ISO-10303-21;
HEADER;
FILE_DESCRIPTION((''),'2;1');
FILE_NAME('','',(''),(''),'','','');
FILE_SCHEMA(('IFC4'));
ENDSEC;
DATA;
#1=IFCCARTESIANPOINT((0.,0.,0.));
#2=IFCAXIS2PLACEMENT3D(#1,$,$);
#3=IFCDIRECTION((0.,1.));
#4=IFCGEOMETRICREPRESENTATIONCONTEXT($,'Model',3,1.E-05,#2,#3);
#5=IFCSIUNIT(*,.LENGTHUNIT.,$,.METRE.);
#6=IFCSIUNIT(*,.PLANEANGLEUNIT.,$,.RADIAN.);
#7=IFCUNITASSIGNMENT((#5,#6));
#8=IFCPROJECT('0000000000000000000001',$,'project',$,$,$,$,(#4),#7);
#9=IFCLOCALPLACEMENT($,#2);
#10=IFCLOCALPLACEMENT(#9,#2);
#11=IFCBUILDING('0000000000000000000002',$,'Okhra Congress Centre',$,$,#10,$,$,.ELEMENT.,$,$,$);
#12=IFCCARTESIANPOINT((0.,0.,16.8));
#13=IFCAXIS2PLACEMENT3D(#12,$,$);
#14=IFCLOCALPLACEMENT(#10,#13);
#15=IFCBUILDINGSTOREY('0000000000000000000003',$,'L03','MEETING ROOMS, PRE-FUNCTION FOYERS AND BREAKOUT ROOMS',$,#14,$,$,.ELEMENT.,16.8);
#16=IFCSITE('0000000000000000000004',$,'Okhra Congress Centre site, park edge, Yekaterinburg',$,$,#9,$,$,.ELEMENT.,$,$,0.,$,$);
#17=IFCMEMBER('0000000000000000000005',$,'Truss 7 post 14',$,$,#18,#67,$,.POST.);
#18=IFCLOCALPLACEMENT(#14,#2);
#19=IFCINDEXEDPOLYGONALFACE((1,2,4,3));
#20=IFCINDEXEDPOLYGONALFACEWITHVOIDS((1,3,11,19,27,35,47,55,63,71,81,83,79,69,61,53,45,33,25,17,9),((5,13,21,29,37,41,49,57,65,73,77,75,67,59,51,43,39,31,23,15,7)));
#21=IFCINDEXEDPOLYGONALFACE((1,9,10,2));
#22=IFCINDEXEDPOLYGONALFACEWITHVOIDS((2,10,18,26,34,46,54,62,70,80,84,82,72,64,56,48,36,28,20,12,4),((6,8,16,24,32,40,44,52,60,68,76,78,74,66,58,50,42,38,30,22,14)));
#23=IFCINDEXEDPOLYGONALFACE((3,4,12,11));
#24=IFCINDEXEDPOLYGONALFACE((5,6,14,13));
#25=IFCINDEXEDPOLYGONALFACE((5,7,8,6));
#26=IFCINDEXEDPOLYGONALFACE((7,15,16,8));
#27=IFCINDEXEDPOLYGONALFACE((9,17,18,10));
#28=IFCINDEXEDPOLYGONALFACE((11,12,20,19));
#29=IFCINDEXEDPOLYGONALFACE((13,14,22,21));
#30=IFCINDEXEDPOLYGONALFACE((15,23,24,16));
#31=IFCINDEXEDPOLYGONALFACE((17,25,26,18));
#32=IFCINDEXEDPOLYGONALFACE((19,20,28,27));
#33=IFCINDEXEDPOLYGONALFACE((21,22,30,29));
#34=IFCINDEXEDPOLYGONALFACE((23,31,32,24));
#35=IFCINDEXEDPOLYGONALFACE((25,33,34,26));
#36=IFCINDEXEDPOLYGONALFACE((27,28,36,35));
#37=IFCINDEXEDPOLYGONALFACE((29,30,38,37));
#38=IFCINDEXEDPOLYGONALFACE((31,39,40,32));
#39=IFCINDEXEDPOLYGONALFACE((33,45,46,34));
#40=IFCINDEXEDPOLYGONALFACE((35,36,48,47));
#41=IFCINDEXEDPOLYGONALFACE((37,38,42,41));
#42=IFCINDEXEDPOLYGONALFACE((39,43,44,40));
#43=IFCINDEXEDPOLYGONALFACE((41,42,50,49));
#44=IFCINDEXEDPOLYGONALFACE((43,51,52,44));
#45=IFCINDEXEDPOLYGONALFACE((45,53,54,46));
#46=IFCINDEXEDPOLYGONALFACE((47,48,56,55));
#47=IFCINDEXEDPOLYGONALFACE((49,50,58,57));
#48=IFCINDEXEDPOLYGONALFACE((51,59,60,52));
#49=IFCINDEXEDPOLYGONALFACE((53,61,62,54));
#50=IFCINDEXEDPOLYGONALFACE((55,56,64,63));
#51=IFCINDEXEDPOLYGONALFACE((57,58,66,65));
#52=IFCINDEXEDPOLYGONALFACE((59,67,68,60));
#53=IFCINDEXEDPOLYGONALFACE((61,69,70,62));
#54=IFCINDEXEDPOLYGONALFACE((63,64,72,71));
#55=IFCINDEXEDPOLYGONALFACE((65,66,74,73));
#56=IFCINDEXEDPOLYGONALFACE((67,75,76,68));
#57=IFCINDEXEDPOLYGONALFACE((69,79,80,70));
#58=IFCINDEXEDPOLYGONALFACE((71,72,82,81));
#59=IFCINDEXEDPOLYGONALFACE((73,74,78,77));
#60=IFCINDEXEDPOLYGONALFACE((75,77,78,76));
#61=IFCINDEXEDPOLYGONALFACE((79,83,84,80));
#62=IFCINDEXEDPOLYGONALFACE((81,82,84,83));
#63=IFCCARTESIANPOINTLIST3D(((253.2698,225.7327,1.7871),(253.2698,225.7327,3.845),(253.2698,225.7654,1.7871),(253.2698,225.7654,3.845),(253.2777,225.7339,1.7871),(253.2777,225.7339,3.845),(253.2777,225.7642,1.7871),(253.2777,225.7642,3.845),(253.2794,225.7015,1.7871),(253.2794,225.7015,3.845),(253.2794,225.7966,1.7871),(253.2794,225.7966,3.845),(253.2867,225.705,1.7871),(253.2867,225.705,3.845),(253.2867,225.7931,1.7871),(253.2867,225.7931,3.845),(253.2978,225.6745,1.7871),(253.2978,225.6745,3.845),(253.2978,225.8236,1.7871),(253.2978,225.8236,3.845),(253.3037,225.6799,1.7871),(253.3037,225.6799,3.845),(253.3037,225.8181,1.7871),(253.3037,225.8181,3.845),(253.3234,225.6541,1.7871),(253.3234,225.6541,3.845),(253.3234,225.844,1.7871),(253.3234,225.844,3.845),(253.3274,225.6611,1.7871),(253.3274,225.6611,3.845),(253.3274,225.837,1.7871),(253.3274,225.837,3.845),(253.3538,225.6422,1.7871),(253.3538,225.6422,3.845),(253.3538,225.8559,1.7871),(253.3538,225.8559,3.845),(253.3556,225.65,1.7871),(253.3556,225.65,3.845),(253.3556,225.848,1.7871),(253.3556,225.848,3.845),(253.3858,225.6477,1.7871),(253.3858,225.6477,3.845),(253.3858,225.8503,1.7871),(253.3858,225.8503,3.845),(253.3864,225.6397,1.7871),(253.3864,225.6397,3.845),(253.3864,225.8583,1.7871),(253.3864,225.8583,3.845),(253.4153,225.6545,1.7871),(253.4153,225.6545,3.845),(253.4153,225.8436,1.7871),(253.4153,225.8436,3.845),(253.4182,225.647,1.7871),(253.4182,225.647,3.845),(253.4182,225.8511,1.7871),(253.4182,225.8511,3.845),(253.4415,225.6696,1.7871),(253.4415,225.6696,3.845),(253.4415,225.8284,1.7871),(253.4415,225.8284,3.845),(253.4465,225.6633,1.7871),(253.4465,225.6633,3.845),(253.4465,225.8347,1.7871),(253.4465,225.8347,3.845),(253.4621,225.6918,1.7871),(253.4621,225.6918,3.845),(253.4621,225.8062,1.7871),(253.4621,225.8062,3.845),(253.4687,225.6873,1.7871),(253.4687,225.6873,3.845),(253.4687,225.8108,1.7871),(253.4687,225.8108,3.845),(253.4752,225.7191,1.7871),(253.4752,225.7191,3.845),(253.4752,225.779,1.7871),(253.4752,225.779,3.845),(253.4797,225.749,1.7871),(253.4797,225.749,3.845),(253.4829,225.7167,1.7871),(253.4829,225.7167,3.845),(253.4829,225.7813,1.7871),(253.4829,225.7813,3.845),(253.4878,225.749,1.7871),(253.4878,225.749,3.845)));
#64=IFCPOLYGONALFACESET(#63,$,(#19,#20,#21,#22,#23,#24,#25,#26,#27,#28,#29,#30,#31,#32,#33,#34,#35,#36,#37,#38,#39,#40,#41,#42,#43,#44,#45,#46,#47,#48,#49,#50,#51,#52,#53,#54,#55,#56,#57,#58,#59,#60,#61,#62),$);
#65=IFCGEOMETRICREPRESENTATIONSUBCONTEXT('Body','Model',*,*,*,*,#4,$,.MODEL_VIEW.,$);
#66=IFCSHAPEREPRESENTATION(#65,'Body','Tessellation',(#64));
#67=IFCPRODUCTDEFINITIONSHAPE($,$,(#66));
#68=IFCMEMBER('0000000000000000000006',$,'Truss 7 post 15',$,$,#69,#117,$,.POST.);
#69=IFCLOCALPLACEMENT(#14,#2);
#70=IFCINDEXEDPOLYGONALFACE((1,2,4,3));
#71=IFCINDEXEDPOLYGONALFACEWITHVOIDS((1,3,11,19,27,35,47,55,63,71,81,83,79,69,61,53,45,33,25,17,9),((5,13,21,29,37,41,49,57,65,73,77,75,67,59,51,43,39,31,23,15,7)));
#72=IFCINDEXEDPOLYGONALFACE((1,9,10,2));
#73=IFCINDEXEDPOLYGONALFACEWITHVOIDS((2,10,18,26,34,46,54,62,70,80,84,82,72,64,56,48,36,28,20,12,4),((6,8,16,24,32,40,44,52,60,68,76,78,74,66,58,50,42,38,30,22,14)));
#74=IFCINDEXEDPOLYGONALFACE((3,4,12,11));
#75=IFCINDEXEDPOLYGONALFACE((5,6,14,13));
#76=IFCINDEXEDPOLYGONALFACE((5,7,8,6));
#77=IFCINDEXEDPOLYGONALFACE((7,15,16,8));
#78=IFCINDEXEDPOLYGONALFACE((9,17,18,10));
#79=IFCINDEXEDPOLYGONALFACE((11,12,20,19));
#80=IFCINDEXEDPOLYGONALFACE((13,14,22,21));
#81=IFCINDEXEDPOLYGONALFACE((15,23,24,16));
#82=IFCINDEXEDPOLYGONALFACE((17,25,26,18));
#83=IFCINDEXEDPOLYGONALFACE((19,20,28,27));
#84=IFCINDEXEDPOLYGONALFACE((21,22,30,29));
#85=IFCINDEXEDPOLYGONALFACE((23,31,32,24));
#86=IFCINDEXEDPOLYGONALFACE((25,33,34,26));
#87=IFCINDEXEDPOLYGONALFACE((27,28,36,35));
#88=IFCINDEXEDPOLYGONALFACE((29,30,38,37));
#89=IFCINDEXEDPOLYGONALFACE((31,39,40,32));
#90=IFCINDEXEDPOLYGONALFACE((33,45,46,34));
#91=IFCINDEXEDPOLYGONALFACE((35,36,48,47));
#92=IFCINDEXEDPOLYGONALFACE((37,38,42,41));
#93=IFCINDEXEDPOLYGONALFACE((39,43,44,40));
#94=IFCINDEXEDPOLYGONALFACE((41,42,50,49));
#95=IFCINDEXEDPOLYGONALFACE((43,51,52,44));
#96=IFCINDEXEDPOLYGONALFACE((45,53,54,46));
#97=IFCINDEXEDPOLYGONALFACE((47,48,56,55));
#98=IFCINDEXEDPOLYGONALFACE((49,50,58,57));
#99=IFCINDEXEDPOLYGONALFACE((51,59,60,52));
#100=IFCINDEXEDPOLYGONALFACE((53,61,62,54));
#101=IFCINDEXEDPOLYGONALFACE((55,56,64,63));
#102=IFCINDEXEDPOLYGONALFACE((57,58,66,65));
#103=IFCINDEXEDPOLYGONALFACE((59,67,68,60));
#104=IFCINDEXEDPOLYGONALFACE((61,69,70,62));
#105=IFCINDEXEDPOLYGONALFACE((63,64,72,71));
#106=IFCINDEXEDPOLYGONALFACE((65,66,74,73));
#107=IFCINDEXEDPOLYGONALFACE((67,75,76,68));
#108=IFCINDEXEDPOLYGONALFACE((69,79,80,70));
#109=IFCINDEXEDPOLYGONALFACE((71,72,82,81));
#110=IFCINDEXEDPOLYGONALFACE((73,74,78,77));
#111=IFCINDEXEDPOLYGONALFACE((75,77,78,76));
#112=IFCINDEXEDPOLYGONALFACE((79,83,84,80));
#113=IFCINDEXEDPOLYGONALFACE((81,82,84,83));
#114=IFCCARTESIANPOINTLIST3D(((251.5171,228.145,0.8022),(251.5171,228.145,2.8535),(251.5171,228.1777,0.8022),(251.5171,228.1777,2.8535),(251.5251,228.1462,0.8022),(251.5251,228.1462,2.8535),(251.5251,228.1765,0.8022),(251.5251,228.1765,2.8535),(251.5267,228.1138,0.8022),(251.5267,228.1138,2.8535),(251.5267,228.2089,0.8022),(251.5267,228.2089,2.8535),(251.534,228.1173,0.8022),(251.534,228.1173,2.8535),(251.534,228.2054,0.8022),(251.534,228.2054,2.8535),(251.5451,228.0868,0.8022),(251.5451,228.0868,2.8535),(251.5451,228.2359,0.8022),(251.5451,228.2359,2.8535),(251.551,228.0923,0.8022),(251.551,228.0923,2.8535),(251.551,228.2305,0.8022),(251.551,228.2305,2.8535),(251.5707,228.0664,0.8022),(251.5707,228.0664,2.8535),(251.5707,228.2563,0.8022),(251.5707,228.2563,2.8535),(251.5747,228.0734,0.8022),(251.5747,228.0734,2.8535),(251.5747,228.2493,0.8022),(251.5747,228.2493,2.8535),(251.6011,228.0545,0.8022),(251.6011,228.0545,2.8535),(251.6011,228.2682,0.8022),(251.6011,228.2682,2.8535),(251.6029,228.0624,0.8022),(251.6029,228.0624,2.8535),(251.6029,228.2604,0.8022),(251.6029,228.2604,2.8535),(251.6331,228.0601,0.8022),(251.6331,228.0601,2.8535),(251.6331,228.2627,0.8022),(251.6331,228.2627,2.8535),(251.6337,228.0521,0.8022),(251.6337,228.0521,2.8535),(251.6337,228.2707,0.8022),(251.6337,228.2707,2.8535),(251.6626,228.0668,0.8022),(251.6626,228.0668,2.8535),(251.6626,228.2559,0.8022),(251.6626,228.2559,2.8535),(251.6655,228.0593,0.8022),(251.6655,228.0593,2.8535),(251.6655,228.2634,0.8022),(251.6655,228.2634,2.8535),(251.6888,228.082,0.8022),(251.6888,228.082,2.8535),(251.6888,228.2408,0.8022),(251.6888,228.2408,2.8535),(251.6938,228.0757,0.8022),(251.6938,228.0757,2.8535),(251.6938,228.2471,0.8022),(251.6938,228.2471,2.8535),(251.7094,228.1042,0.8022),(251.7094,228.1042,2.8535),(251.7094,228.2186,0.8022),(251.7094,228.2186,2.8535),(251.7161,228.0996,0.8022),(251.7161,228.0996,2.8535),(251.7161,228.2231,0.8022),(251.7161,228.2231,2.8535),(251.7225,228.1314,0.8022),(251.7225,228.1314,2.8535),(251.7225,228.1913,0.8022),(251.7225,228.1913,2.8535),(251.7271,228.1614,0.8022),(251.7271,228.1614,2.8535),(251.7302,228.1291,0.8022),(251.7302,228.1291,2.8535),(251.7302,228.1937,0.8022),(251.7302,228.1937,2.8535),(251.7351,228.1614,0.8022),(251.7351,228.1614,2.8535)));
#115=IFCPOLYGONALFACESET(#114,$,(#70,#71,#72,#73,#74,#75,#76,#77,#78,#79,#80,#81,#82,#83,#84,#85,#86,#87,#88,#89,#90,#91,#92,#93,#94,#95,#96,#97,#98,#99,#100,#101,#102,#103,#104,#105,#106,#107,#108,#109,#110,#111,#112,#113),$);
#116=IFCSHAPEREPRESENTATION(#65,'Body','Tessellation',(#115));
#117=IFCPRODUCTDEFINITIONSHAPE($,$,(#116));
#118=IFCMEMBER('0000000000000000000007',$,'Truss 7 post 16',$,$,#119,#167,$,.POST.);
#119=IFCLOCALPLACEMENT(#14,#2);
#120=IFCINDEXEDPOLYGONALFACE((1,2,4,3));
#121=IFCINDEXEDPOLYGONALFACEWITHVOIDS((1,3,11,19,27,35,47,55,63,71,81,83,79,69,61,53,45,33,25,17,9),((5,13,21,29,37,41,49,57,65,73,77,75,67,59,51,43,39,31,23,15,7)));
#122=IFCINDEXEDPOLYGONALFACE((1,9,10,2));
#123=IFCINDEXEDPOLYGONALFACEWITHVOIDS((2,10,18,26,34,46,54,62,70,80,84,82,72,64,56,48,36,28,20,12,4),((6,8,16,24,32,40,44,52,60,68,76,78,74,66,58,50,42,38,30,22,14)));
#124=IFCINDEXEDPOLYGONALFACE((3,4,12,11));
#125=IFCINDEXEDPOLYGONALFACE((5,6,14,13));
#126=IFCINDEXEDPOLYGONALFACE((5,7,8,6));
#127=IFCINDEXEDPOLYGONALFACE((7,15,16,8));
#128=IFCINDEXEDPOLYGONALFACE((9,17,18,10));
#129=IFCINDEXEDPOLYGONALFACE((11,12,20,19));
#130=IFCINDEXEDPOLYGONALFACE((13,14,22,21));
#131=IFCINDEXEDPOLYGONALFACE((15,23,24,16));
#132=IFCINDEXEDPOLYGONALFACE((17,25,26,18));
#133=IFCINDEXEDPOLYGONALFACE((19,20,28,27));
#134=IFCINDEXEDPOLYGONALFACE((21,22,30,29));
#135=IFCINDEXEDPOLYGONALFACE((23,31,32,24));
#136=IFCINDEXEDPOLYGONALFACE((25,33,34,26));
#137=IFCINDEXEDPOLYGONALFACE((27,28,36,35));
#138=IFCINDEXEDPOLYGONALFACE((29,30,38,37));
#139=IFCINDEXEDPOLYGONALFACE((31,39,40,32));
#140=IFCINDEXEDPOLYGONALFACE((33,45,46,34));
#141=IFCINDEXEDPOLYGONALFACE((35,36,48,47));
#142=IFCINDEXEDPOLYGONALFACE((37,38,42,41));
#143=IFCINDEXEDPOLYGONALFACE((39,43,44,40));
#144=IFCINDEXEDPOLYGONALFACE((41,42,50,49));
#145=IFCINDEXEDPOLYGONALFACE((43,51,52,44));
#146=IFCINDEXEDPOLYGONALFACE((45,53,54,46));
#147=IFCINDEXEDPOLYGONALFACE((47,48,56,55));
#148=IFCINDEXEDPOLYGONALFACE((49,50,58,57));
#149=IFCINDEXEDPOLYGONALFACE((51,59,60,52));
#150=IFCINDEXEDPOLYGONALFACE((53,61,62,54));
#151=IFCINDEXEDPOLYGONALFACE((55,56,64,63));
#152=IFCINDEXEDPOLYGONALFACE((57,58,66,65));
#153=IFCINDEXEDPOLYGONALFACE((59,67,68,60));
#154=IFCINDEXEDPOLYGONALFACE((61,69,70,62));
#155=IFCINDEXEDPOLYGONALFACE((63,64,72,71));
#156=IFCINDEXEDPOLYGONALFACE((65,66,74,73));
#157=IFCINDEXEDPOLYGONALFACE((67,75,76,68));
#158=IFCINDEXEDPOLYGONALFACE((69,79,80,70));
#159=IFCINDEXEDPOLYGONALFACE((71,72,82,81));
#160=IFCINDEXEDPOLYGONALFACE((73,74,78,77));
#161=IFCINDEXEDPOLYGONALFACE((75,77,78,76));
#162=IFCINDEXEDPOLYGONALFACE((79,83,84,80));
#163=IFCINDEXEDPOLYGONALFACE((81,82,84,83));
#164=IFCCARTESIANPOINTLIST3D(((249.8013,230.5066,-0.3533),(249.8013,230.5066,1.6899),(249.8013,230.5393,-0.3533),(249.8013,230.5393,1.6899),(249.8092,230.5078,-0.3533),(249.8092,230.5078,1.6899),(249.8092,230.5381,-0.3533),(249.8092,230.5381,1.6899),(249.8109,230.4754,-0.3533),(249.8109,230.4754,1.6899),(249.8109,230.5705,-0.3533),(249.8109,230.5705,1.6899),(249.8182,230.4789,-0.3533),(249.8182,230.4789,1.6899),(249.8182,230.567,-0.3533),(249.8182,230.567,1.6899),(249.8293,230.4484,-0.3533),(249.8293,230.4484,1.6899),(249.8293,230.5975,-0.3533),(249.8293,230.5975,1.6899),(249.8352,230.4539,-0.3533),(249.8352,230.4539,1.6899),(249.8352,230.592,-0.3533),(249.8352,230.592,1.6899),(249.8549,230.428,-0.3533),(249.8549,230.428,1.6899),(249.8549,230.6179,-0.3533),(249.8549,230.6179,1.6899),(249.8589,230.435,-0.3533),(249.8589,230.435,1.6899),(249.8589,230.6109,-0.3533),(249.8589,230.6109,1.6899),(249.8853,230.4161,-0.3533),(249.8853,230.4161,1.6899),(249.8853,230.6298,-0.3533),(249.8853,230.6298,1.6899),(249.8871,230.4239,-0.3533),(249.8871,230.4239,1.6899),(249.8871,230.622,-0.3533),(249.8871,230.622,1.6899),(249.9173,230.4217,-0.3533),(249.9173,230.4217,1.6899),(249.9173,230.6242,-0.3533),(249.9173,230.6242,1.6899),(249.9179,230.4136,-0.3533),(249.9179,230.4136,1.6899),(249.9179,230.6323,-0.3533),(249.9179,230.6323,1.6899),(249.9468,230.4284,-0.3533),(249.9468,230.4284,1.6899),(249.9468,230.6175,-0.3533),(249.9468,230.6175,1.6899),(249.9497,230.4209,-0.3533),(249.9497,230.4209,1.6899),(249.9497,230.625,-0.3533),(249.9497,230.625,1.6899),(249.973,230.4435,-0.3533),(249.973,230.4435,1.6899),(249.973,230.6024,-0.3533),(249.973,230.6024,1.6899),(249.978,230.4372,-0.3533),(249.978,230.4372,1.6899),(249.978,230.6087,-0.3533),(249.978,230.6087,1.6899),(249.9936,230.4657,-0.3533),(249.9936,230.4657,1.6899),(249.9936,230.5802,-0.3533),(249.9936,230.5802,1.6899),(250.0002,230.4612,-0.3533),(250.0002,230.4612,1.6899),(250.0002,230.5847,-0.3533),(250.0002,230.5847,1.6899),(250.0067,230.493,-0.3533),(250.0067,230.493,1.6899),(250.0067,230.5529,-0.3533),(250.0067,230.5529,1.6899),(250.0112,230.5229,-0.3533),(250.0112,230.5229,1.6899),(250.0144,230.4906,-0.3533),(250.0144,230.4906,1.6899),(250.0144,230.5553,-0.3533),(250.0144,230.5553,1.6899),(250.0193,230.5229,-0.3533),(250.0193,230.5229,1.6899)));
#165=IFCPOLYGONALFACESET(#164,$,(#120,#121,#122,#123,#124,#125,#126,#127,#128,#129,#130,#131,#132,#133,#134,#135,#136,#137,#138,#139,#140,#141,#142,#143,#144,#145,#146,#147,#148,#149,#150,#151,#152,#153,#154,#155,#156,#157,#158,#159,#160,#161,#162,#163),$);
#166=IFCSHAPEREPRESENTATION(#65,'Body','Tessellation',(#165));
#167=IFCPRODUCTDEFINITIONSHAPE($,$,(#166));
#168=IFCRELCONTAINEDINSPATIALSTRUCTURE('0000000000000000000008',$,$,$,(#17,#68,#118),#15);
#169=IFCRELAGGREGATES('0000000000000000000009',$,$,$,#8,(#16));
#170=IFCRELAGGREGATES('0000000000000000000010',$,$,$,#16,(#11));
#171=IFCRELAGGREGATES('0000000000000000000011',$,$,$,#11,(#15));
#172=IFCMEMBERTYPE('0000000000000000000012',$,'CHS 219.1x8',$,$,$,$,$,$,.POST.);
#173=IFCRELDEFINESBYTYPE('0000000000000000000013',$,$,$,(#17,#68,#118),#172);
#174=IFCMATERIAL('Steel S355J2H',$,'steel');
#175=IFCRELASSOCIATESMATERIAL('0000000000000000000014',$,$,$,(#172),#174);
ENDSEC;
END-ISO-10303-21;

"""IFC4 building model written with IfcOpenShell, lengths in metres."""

from ifc_helpers import new_model, si_unit, direction, frame, origin, origin_2d, place, context, subcontext, project, spatial, hollow_circle, extrude, material, material_profile, profile_set, type_object, element, save


model = new_model("IFC4")

# Units and contexts
model_context = context("Model", 3, precision=1e-05, world=origin(), true_north=direction((0.0, 1.0)))
body_context = subcontext(model_context, "Body", "Model", "MODEL_VIEW")
ifc_project = project(units=[si_unit("LENGTHUNIT", "METRE"), si_unit("PLANEANGLEUNIT", "RADIAN")], contexts=[model_context])

# Site, building, storey
site_placement = place(None, origin())
site = spatial("IfcSite", under=ifc_project, at=site_placement, Name="Okhra Congress Centre site, park edge, Yekaterinburg", CompositionType="ELEMENT", RefElevation=0.0)
building_placement = place(site_placement, origin())
building = spatial("IfcBuilding", under=site, at=building_placement, Name="Okhra Congress Centre", CompositionType="ELEMENT")
storey_placement = place(building_placement, frame((0.0, 0.0, 16.8)))
storey = spatial("IfcBuildingStorey", under=building, at=storey_placement, Name="L03", Description="MEETING ROOMS, PRE-FUNCTION FOYERS AND BREAKOUT ROOMS", CompositionType="ELEMENT", Elevation=16.8)

# Members
ifc_material_1 = material(Name="Steel S355J2H", Category="steel")
ifc_material_profile_1 = material_profile(ifc_material_1, hollow_circle(Radius=0.1096, WallThickness=0.0081, at=origin_2d()), Name="CHS 219.1x8")
ifc_profile_set_1 = profile_set([ifc_material_profile_1], Name="Steel S355J2H")
member_type_1 = type_object("IfcMemberType", Name="CHS 219.1x8", PredefinedType="POST", material=ifc_profile_set_1)
member_1_placement = place(storey_placement, frame((253.3782, 225.749, 1.7871), z_axis=(0.0, 0.0, 1.0), x_axis=(1.0, 0.0, 0.0)))
element("IfcMember", 1, at=member_1_placement, inside=storey, type_object=member_type_1, Name="Truss 7 post 14", PredefinedType="POST", context=body_context, shape_type="SweptSolid", body=[
    extrude(hollow_circle(Radius=0.1096, WallThickness=0.0081, at=origin_2d()), origin(), (0.0, 0.0, 1.0), 2.0579),
])
member_2_placement = place(storey_placement, frame((251.6255, 228.1614, 0.8022), z_axis=(0.0, 0.0, 1.0), x_axis=(1.0, 0.0, 0.0)))
element("IfcMember", 2, at=member_2_placement, inside=storey, type_object=member_type_1, Name="Truss 7 post 15", PredefinedType="POST", context=body_context, shape_type="SweptSolid", body=[
    extrude(hollow_circle(Radius=0.1096, WallThickness=0.0081, at=origin_2d()), origin(), (0.0, 0.0, 1.0), 2.0513),
])
member_3_placement = place(storey_placement, frame((249.9097, 230.5229, -0.3533), z_axis=(0.0, 0.0, 1.0), x_axis=(1.0, 0.0, 0.0)))
element("IfcMember", 3, at=member_3_placement, inside=storey, type_object=member_type_1, Name="Truss 7 post 16", PredefinedType="POST", context=body_context, shape_type="SweptSolid", body=[
    extrude(hollow_circle(Radius=0.1096, WallThickness=0.0081, at=origin_2d()), origin(), (0.0, 0.0, 1.0), 2.0432),
])

save(model, "model.ifc")
